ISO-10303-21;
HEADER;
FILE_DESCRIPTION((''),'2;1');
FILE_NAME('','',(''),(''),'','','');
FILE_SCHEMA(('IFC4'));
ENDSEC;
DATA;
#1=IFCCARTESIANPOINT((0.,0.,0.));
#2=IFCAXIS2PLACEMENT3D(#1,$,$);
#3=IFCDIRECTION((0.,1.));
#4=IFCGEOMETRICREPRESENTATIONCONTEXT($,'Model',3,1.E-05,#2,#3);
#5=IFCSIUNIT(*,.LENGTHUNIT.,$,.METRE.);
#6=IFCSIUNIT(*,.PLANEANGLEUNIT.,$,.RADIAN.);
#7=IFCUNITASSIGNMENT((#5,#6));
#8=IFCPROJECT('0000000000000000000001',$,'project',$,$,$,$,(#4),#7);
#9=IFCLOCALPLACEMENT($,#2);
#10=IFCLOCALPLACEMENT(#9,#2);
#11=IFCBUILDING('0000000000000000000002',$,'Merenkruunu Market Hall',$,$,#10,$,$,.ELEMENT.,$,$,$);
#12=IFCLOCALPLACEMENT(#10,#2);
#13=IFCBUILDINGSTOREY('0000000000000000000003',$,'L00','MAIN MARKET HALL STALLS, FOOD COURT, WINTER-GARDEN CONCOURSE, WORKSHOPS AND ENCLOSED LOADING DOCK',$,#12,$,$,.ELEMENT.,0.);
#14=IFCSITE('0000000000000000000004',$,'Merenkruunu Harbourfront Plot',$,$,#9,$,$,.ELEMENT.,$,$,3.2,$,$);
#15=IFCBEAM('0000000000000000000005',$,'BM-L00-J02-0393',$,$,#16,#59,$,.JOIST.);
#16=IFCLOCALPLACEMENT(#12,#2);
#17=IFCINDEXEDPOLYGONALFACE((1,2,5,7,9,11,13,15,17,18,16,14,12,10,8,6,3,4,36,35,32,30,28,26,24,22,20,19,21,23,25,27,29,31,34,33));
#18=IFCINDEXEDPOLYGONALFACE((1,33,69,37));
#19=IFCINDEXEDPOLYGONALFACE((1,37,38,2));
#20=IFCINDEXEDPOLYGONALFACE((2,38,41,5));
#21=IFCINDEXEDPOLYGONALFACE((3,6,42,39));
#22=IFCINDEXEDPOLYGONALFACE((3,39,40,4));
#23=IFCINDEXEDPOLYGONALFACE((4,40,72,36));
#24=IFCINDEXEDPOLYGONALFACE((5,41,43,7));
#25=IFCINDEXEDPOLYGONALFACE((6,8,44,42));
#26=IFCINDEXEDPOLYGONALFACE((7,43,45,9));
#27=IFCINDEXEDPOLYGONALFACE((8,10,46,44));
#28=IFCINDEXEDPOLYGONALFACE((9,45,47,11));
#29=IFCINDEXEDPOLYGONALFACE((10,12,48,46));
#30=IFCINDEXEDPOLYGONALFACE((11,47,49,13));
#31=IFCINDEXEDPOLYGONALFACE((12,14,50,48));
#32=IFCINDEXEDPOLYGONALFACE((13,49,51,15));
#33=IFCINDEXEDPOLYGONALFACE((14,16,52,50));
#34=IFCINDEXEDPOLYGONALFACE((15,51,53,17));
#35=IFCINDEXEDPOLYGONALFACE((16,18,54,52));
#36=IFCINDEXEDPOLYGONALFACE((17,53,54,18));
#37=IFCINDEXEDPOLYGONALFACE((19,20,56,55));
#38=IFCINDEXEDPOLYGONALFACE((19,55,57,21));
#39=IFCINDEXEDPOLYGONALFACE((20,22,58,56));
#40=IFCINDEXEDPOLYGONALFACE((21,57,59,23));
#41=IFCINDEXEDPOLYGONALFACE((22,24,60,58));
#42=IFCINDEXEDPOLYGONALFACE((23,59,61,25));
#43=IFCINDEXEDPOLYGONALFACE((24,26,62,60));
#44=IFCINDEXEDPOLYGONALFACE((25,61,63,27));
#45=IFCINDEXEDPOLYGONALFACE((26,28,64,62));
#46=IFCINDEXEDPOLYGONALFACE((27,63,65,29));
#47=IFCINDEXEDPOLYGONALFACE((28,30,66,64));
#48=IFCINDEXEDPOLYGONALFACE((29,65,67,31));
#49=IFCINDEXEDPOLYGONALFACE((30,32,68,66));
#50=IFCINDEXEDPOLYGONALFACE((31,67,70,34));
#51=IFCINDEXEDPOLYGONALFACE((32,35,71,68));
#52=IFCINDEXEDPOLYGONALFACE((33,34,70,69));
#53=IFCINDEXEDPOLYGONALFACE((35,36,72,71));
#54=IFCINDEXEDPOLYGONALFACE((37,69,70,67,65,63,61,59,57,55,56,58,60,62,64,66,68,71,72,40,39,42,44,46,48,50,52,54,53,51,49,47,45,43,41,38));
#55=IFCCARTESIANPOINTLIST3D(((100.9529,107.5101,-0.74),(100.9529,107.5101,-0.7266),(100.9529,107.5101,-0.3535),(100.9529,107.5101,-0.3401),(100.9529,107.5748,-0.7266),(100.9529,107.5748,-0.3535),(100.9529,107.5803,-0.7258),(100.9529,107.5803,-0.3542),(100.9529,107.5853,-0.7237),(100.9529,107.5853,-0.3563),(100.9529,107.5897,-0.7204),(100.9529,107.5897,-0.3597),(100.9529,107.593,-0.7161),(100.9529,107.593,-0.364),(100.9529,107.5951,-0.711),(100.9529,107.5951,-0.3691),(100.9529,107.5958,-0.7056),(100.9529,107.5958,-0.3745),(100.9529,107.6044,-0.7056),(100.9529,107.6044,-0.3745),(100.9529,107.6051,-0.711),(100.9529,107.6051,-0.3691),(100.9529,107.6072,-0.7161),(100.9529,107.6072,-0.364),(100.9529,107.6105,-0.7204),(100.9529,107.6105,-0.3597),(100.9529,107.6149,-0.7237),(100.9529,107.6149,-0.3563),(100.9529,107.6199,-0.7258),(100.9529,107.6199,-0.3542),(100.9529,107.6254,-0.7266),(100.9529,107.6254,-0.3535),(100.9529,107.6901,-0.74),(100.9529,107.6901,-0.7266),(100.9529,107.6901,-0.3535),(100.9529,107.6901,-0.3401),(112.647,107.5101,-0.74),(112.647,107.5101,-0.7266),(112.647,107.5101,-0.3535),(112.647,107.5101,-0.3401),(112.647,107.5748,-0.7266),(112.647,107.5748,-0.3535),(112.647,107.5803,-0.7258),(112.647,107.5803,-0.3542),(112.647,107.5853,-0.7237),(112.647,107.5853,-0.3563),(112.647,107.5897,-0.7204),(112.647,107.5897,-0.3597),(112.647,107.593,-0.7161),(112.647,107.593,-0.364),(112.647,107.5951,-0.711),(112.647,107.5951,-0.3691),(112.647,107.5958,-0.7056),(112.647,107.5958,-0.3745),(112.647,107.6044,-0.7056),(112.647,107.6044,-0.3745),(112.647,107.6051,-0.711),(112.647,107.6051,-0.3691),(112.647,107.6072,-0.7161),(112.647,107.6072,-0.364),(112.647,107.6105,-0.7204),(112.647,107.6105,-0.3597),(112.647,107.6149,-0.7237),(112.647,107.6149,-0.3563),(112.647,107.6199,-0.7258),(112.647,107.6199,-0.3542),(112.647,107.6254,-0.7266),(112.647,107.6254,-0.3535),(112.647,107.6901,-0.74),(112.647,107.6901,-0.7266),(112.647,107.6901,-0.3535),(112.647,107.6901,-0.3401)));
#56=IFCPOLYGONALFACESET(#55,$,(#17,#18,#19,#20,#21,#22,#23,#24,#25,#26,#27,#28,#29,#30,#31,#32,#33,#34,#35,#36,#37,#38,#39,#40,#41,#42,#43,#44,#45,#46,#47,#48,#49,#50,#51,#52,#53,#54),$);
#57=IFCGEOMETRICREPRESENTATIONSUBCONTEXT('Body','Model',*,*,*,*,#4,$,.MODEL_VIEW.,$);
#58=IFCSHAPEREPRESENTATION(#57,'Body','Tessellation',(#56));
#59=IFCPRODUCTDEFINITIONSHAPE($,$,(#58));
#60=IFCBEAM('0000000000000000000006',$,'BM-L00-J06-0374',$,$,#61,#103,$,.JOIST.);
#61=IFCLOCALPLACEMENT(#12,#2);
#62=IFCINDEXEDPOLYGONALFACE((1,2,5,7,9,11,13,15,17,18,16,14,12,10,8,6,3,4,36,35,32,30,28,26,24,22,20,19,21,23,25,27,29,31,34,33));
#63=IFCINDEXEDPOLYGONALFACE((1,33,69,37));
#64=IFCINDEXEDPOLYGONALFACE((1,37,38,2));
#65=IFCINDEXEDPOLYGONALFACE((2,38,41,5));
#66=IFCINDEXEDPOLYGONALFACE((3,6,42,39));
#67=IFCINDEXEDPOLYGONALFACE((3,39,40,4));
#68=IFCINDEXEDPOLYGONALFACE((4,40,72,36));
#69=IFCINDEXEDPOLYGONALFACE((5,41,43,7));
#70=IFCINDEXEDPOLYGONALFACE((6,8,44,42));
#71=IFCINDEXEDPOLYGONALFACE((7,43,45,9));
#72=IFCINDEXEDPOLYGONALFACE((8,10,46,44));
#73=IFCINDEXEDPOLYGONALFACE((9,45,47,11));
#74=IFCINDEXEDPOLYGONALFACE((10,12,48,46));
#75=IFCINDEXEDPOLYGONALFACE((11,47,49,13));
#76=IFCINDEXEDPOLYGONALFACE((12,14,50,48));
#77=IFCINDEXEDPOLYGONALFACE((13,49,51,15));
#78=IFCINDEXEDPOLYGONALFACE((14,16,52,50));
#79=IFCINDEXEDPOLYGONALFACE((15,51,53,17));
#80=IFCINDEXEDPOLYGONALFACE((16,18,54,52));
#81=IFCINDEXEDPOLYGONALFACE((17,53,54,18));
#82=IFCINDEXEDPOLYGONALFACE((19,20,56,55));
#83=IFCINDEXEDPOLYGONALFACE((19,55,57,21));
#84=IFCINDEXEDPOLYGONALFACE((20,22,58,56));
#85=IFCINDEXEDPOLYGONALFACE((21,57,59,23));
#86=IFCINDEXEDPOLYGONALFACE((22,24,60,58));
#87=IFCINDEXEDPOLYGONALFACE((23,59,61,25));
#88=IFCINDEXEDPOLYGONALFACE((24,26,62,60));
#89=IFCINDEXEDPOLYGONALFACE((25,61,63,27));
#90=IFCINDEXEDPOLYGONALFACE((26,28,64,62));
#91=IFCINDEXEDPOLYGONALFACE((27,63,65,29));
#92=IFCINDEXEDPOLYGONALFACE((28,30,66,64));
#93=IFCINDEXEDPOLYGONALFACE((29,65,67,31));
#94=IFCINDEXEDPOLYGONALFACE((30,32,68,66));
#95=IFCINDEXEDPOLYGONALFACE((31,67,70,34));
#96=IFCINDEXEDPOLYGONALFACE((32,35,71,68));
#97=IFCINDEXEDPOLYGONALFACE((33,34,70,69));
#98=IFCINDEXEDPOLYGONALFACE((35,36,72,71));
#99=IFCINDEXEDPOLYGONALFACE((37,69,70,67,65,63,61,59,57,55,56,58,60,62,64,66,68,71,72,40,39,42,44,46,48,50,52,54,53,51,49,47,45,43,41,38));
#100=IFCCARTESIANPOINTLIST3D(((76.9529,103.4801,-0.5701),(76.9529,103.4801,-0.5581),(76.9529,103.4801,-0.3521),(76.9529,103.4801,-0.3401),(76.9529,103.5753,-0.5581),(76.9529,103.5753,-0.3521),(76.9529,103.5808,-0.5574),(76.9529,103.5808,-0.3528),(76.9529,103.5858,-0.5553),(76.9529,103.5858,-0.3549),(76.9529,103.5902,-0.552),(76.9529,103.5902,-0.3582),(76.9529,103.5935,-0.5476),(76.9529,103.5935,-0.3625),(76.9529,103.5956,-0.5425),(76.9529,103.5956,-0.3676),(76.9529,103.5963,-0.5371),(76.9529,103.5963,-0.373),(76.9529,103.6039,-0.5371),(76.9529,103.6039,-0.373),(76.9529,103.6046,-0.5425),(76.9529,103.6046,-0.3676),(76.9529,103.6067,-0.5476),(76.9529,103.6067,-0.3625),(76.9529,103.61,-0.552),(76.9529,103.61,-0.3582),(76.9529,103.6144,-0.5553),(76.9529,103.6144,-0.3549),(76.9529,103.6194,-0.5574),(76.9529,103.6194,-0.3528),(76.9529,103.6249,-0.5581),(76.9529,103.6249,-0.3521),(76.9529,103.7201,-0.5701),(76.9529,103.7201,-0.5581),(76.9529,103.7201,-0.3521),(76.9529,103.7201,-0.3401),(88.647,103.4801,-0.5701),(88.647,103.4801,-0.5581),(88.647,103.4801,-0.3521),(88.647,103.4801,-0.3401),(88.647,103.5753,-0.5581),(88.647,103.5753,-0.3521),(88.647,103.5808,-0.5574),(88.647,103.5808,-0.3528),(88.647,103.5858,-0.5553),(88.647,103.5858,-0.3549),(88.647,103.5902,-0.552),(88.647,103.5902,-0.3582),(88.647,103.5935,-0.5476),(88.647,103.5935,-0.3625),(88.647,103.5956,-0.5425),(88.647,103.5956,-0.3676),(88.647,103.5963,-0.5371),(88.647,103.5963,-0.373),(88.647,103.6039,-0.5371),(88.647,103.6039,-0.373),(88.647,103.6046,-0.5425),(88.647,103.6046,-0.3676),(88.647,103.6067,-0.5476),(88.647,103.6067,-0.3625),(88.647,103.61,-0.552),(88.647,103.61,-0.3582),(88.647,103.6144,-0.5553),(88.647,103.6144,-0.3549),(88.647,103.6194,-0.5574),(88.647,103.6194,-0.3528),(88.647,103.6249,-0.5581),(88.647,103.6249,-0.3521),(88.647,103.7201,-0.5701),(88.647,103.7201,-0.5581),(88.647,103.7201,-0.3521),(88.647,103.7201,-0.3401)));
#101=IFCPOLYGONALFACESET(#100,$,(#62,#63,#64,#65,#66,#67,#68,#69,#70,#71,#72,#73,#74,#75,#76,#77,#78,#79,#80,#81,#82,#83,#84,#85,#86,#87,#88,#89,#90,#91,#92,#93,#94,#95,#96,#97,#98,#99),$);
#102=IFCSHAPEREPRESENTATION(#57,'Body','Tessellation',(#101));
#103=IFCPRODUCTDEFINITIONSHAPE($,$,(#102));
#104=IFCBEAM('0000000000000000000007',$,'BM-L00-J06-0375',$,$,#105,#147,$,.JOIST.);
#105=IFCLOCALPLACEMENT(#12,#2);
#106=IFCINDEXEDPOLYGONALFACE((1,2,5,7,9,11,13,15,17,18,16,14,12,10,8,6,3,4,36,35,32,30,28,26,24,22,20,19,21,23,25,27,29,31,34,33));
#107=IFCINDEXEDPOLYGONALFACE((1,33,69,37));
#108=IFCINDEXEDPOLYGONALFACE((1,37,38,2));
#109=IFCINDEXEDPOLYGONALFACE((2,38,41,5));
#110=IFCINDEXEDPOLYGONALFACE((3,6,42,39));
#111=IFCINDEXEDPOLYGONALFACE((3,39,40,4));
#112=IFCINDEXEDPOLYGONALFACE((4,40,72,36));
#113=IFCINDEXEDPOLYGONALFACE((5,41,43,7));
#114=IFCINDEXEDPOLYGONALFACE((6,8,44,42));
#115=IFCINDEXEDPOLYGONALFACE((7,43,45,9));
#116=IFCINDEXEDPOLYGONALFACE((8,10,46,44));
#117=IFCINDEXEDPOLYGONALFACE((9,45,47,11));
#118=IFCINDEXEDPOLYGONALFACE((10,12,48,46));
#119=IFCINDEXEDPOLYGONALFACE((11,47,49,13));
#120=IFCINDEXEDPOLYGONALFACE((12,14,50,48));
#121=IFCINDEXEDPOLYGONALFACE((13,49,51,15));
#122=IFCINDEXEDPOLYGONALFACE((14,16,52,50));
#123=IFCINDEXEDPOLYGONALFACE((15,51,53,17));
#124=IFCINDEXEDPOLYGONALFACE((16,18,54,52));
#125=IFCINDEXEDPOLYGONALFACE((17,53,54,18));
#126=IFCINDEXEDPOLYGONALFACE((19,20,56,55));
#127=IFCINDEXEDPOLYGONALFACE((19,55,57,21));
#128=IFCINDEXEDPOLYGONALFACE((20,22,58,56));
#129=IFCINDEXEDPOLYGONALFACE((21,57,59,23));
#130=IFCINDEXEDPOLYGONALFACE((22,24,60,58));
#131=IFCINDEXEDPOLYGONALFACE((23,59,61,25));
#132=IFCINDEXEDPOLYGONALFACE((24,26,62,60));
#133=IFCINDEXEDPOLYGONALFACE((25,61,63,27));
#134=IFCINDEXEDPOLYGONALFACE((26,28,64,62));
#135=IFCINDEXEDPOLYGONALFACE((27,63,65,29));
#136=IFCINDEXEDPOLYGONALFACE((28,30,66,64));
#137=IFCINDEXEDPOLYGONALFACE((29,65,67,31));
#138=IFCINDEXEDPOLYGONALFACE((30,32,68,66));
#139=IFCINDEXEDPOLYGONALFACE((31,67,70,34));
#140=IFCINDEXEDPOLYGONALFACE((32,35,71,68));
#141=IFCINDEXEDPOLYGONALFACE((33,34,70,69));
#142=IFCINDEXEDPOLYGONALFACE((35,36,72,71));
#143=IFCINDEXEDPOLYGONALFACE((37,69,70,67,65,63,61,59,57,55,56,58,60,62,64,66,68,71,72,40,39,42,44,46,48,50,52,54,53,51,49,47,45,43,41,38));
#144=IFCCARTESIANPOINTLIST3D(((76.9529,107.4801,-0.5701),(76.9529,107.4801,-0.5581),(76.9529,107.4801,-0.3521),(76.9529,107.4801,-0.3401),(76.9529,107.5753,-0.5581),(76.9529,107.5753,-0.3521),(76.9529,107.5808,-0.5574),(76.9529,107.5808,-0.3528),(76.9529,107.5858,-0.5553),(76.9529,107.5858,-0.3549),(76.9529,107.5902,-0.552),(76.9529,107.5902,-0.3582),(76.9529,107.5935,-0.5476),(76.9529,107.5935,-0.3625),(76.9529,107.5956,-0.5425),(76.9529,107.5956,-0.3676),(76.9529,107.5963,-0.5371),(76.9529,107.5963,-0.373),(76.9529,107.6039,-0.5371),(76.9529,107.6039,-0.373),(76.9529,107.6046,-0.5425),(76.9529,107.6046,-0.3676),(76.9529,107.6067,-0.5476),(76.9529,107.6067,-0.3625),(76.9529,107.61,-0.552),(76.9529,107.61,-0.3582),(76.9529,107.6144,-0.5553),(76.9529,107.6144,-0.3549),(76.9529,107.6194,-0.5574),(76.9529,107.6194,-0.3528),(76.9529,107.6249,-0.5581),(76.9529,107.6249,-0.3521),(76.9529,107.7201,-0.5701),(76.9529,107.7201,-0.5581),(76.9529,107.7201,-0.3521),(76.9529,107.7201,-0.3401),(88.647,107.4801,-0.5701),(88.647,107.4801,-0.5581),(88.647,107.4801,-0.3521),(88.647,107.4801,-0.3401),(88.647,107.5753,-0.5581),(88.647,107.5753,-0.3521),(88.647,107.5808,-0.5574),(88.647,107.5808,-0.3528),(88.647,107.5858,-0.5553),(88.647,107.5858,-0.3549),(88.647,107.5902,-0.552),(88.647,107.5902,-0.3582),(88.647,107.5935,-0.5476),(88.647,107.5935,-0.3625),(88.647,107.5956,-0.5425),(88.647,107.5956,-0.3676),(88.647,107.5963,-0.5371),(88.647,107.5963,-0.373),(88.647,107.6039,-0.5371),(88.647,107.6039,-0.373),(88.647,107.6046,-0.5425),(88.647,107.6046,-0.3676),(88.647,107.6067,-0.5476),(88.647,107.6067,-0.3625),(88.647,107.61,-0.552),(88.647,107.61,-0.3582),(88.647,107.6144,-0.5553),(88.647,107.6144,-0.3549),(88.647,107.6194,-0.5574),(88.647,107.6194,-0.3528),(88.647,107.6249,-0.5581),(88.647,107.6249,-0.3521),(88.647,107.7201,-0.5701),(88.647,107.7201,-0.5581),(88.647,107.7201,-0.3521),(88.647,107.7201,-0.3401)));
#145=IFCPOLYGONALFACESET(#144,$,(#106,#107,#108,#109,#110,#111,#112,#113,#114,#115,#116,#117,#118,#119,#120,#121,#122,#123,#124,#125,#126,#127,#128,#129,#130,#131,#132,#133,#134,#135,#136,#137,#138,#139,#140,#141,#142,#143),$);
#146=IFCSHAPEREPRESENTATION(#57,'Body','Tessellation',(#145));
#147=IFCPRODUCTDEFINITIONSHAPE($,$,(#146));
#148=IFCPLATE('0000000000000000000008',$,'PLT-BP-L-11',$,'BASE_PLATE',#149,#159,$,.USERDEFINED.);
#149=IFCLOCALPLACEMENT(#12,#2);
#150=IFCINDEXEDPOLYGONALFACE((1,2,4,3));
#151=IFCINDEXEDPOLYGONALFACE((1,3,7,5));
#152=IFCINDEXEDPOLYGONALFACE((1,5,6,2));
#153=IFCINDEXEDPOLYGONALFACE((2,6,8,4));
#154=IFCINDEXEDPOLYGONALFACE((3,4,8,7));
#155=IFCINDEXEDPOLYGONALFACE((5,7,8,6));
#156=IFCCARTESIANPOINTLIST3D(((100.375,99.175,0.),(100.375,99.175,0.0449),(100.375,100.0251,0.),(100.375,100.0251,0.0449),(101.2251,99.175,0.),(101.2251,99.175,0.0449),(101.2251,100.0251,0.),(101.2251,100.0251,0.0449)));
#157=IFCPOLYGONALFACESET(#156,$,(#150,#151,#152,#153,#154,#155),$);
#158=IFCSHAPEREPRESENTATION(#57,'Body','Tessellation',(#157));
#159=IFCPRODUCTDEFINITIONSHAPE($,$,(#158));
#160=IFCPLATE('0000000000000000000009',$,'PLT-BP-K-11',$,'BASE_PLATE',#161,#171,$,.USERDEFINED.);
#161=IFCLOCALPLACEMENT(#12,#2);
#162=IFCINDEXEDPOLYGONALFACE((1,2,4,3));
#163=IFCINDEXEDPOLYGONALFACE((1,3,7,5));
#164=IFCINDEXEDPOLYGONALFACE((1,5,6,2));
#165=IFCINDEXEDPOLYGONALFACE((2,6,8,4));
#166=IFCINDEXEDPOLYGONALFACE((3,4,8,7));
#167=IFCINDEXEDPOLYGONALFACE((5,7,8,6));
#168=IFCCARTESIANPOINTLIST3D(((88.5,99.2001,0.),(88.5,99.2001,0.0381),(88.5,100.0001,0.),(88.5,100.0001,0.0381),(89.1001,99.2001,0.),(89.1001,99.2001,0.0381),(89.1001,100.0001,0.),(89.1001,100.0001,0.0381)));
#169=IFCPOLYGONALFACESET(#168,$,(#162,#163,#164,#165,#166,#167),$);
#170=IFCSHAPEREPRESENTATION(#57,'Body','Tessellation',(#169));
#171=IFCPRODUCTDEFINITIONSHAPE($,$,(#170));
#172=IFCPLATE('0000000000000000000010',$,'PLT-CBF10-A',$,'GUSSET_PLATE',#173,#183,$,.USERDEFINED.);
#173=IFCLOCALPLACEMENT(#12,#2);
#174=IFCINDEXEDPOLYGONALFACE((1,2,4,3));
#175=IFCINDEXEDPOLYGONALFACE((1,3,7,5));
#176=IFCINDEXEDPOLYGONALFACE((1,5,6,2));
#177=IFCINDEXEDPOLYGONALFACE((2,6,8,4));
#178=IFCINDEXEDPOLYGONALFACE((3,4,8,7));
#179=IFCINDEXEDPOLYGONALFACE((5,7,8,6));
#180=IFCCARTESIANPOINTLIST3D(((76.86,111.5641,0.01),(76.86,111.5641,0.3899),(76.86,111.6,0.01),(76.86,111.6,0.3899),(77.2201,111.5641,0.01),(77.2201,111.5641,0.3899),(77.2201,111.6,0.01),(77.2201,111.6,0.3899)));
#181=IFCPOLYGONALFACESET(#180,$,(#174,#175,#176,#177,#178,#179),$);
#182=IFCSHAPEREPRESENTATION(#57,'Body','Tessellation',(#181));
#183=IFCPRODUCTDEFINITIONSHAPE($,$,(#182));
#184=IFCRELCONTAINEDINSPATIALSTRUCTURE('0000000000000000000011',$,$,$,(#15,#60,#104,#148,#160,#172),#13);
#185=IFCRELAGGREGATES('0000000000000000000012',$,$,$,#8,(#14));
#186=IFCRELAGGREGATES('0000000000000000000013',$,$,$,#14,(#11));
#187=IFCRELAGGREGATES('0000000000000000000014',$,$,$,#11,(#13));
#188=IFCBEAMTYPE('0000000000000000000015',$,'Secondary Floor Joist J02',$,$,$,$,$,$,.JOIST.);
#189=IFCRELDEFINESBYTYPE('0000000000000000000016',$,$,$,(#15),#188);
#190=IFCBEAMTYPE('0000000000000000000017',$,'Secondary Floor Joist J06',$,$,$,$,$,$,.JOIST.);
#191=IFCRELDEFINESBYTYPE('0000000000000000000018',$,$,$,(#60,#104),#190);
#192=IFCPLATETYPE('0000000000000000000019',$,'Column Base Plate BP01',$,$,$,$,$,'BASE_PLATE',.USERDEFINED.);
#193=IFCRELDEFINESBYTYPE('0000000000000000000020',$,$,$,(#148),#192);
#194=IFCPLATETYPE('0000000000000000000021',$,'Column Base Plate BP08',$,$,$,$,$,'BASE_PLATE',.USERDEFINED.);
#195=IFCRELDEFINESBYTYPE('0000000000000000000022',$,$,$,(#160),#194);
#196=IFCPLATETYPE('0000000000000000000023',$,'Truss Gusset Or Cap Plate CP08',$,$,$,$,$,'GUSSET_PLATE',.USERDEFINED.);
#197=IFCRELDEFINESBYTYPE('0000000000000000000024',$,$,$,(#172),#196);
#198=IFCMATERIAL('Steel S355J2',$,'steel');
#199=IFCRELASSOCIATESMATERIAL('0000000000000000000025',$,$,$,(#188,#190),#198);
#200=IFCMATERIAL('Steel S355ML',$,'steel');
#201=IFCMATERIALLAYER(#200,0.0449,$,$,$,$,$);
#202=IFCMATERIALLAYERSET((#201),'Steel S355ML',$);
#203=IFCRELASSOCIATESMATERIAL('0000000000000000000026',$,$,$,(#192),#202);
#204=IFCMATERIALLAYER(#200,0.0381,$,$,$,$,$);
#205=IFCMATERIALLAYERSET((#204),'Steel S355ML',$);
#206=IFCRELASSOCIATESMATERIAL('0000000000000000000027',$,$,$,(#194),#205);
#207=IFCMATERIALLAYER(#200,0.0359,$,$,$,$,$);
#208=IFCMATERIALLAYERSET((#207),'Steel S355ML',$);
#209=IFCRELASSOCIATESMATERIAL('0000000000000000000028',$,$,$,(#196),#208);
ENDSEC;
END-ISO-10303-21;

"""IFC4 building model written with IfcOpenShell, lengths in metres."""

from ifc_helpers import new_model, si_unit, direction, frame, origin, origin_2d, place, context, subcontext, project, spatial, rectangle, i_section, extrude, material, layer, layer_set, material_profile, profile_set, type_object, element, save


model = new_model("IFC4")

# Units and contexts
model_context = context("Model", 3, precision=1e-05, world=origin(), true_north=direction((0.0, 1.0)))
body_context = subcontext(model_context, "Body", "Model", "MODEL_VIEW")
ifc_project = project(units=[si_unit("LENGTHUNIT", "METRE"), si_unit("PLANEANGLEUNIT", "RADIAN")], contexts=[model_context])

# Site, building, storey
site_placement = place(None, origin())
site = spatial("IfcSite", under=ifc_project, at=site_placement, Name="Merenkruunu Harbourfront Plot", CompositionType="ELEMENT", RefElevation=3.2)
building_placement = place(site_placement, origin())
building = spatial("IfcBuilding", under=site, at=building_placement, Name="Merenkruunu Market Hall", CompositionType="ELEMENT")
storey_placement = place(building_placement, origin())
storey = spatial("IfcBuildingStorey", under=building, at=storey_placement, Name="L00", Description="MAIN MARKET HALL STALLS, FOOD COURT, WINTER-GARDEN CONCOURSE, WORKSHOPS AND ENCLOSED LOADING DOCK", CompositionType="ELEMENT", Elevation=0.0)

# Shared definitions
ifc_material_1 = material(Name="Steel S355J2", Category="steel")

# Beams
ifc_material_profile_1 = material_profile(ifc_material_1, i_section(OverallWidth=0.1799, OverallDepth=0.3999, WebThickness=0.0085, FlangeThickness=0.0134, FilletRadius=0.021, at=origin_2d()), Name="IPE 400")
ifc_profile_set_1 = profile_set([ifc_material_profile_1], Name="Steel S355J2")
beam_type_1 = type_object("IfcBeamType", Name="Secondary Floor Joist J02", PredefinedType="JOIST", material=ifc_profile_set_1)
for number, where, z_axis, x_axis, name in (
    (1, (100.9529, 107.6001, -0.54), (1.0, 0.0, 0.0), (0.0, 1.0, 0.0), "BM-L00-J02-0393"),
):
    element("IfcBeam", number, at=place(storey_placement, frame(where, z_axis=z_axis, x_axis=x_axis)), inside=storey, type_object=beam_type_1, Name=name, PredefinedType="JOIST", context=body_context, shape_type="SweptSolid", body=[
        extrude(i_section(OverallWidth=0.1799, OverallDepth=0.3999, WebThickness=0.0085, FlangeThickness=0.0134, FilletRadius=0.021, at=origin_2d()), origin(), (0.0, 0.0, 1.0), 11.6941),
    ])
ifc_material_profile_2 = material_profile(ifc_material_1, i_section(OverallWidth=0.24, OverallDepth=0.23, WebThickness=0.0076, FlangeThickness=0.012, FilletRadius=0.021, at=origin_2d()), Name="HEA 240")
ifc_profile_set_2 = profile_set([ifc_material_profile_2], Name="Steel S355J2")
beam_type_2 = type_object("IfcBeamType", Name="Secondary Floor Joist J06", PredefinedType="JOIST", material=ifc_profile_set_2)
for number, where, z_axis, x_axis, name in (
    (2, (76.9529, 103.6001, -0.4551), (1.0, 0.0, 0.0), (0.0, 1.0, 0.0), "BM-L00-J06-0374"),
    (3, (76.9529, 107.6001, -0.4551), (1.0, 0.0, 0.0), (0.0, 1.0, 0.0), "BM-L00-J06-0375"),
):
    element("IfcBeam", number, at=place(storey_placement, frame(where, z_axis=z_axis, x_axis=x_axis)), inside=storey, type_object=beam_type_2, Name=name, PredefinedType="JOIST", context=body_context, shape_type="SweptSolid", body=[
        extrude(i_section(OverallWidth=0.24, OverallDepth=0.23, WebThickness=0.0076, FlangeThickness=0.012, FilletRadius=0.021, at=origin_2d()), origin(), (0.0, 0.0, 1.0), 11.6941),
    ])

# Plates
ifc_material_2 = material(Name="Steel S355ML", Category="steel")
ifc_layer_1 = layer(ifc_material_2, 0.0449)
ifc_layer_set_1 = layer_set([ifc_layer_1], Name="Steel S355ML")
plate_type_1 = type_object("IfcPlateType", Name="Column Base Plate BP01", ElementType="BASE_PLATE", PredefinedType="USERDEFINED", material=ifc_layer_set_1)
plate_1_placement = place(storey_placement, frame((100.8, 99.6001, 0.0), z_axis=(0.0, 0.0, 1.0), x_axis=(1.0, 0.0, 0.0)))
element("IfcPlate", 4, at=plate_1_placement, inside=storey, type_object=plate_type_1, Name="PLT-BP-L-11", ObjectType="BASE_PLATE", PredefinedType="USERDEFINED", context=body_context, shape_type="SweptSolid", body=[
    extrude(rectangle(XDim=0.8501, YDim=0.8501, at=origin_2d()), origin(), (0.0, 0.0, 1.0), 0.0449),
])
ifc_layer_2 = layer(ifc_material_2, 0.0381)
ifc_layer_set_2 = layer_set([ifc_layer_2], Name="Steel S355ML")
plate_type_2 = type_object("IfcPlateType", Name="Column Base Plate BP08", ElementType="BASE_PLATE", PredefinedType="USERDEFINED", material=ifc_layer_set_2)
plate_2_placement = place(storey_placement, frame((88.8, 99.6001, 0.0), z_axis=(0.0, 0.0, 1.0), x_axis=(1.0, 0.0, 0.0)))
element("IfcPlate", 5, at=plate_2_placement, inside=storey, type_object=plate_type_2, Name="PLT-BP-K-11", ObjectType="BASE_PLATE", PredefinedType="USERDEFINED", context=body_context, shape_type="SweptSolid", body=[
    extrude(rectangle(XDim=0.6001, YDim=0.8, at=origin_2d()), origin(), (0.0, 0.0, 1.0), 0.0381),
])
ifc_layer_3 = layer(ifc_material_2, 0.0359)
ifc_layer_set_3 = layer_set([ifc_layer_3], Name="Steel S355ML")
plate_type_3 = type_object("IfcPlateType", Name="Truss Gusset Or Cap Plate CP08", ElementType="GUSSET_PLATE", PredefinedType="USERDEFINED", material=ifc_layer_set_3)
plate_3_placement = place(storey_placement, frame((77.04, 111.582, 0.01), z_axis=(0.0, 0.0, 1.0), x_axis=(1.0, 0.0, 0.0)))
element("IfcPlate", 6, at=plate_3_placement, inside=storey, type_object=plate_type_3, Name="PLT-CBF10-A", ObjectType="GUSSET_PLATE", PredefinedType="USERDEFINED", context=body_context, shape_type="SweptSolid", body=[
    extrude(rectangle(XDim=0.3601, YDim=0.0359, at=origin_2d()), origin(), (0.0, 0.0, 1.0), 0.3799),
])

save(model, "model.ifc")
